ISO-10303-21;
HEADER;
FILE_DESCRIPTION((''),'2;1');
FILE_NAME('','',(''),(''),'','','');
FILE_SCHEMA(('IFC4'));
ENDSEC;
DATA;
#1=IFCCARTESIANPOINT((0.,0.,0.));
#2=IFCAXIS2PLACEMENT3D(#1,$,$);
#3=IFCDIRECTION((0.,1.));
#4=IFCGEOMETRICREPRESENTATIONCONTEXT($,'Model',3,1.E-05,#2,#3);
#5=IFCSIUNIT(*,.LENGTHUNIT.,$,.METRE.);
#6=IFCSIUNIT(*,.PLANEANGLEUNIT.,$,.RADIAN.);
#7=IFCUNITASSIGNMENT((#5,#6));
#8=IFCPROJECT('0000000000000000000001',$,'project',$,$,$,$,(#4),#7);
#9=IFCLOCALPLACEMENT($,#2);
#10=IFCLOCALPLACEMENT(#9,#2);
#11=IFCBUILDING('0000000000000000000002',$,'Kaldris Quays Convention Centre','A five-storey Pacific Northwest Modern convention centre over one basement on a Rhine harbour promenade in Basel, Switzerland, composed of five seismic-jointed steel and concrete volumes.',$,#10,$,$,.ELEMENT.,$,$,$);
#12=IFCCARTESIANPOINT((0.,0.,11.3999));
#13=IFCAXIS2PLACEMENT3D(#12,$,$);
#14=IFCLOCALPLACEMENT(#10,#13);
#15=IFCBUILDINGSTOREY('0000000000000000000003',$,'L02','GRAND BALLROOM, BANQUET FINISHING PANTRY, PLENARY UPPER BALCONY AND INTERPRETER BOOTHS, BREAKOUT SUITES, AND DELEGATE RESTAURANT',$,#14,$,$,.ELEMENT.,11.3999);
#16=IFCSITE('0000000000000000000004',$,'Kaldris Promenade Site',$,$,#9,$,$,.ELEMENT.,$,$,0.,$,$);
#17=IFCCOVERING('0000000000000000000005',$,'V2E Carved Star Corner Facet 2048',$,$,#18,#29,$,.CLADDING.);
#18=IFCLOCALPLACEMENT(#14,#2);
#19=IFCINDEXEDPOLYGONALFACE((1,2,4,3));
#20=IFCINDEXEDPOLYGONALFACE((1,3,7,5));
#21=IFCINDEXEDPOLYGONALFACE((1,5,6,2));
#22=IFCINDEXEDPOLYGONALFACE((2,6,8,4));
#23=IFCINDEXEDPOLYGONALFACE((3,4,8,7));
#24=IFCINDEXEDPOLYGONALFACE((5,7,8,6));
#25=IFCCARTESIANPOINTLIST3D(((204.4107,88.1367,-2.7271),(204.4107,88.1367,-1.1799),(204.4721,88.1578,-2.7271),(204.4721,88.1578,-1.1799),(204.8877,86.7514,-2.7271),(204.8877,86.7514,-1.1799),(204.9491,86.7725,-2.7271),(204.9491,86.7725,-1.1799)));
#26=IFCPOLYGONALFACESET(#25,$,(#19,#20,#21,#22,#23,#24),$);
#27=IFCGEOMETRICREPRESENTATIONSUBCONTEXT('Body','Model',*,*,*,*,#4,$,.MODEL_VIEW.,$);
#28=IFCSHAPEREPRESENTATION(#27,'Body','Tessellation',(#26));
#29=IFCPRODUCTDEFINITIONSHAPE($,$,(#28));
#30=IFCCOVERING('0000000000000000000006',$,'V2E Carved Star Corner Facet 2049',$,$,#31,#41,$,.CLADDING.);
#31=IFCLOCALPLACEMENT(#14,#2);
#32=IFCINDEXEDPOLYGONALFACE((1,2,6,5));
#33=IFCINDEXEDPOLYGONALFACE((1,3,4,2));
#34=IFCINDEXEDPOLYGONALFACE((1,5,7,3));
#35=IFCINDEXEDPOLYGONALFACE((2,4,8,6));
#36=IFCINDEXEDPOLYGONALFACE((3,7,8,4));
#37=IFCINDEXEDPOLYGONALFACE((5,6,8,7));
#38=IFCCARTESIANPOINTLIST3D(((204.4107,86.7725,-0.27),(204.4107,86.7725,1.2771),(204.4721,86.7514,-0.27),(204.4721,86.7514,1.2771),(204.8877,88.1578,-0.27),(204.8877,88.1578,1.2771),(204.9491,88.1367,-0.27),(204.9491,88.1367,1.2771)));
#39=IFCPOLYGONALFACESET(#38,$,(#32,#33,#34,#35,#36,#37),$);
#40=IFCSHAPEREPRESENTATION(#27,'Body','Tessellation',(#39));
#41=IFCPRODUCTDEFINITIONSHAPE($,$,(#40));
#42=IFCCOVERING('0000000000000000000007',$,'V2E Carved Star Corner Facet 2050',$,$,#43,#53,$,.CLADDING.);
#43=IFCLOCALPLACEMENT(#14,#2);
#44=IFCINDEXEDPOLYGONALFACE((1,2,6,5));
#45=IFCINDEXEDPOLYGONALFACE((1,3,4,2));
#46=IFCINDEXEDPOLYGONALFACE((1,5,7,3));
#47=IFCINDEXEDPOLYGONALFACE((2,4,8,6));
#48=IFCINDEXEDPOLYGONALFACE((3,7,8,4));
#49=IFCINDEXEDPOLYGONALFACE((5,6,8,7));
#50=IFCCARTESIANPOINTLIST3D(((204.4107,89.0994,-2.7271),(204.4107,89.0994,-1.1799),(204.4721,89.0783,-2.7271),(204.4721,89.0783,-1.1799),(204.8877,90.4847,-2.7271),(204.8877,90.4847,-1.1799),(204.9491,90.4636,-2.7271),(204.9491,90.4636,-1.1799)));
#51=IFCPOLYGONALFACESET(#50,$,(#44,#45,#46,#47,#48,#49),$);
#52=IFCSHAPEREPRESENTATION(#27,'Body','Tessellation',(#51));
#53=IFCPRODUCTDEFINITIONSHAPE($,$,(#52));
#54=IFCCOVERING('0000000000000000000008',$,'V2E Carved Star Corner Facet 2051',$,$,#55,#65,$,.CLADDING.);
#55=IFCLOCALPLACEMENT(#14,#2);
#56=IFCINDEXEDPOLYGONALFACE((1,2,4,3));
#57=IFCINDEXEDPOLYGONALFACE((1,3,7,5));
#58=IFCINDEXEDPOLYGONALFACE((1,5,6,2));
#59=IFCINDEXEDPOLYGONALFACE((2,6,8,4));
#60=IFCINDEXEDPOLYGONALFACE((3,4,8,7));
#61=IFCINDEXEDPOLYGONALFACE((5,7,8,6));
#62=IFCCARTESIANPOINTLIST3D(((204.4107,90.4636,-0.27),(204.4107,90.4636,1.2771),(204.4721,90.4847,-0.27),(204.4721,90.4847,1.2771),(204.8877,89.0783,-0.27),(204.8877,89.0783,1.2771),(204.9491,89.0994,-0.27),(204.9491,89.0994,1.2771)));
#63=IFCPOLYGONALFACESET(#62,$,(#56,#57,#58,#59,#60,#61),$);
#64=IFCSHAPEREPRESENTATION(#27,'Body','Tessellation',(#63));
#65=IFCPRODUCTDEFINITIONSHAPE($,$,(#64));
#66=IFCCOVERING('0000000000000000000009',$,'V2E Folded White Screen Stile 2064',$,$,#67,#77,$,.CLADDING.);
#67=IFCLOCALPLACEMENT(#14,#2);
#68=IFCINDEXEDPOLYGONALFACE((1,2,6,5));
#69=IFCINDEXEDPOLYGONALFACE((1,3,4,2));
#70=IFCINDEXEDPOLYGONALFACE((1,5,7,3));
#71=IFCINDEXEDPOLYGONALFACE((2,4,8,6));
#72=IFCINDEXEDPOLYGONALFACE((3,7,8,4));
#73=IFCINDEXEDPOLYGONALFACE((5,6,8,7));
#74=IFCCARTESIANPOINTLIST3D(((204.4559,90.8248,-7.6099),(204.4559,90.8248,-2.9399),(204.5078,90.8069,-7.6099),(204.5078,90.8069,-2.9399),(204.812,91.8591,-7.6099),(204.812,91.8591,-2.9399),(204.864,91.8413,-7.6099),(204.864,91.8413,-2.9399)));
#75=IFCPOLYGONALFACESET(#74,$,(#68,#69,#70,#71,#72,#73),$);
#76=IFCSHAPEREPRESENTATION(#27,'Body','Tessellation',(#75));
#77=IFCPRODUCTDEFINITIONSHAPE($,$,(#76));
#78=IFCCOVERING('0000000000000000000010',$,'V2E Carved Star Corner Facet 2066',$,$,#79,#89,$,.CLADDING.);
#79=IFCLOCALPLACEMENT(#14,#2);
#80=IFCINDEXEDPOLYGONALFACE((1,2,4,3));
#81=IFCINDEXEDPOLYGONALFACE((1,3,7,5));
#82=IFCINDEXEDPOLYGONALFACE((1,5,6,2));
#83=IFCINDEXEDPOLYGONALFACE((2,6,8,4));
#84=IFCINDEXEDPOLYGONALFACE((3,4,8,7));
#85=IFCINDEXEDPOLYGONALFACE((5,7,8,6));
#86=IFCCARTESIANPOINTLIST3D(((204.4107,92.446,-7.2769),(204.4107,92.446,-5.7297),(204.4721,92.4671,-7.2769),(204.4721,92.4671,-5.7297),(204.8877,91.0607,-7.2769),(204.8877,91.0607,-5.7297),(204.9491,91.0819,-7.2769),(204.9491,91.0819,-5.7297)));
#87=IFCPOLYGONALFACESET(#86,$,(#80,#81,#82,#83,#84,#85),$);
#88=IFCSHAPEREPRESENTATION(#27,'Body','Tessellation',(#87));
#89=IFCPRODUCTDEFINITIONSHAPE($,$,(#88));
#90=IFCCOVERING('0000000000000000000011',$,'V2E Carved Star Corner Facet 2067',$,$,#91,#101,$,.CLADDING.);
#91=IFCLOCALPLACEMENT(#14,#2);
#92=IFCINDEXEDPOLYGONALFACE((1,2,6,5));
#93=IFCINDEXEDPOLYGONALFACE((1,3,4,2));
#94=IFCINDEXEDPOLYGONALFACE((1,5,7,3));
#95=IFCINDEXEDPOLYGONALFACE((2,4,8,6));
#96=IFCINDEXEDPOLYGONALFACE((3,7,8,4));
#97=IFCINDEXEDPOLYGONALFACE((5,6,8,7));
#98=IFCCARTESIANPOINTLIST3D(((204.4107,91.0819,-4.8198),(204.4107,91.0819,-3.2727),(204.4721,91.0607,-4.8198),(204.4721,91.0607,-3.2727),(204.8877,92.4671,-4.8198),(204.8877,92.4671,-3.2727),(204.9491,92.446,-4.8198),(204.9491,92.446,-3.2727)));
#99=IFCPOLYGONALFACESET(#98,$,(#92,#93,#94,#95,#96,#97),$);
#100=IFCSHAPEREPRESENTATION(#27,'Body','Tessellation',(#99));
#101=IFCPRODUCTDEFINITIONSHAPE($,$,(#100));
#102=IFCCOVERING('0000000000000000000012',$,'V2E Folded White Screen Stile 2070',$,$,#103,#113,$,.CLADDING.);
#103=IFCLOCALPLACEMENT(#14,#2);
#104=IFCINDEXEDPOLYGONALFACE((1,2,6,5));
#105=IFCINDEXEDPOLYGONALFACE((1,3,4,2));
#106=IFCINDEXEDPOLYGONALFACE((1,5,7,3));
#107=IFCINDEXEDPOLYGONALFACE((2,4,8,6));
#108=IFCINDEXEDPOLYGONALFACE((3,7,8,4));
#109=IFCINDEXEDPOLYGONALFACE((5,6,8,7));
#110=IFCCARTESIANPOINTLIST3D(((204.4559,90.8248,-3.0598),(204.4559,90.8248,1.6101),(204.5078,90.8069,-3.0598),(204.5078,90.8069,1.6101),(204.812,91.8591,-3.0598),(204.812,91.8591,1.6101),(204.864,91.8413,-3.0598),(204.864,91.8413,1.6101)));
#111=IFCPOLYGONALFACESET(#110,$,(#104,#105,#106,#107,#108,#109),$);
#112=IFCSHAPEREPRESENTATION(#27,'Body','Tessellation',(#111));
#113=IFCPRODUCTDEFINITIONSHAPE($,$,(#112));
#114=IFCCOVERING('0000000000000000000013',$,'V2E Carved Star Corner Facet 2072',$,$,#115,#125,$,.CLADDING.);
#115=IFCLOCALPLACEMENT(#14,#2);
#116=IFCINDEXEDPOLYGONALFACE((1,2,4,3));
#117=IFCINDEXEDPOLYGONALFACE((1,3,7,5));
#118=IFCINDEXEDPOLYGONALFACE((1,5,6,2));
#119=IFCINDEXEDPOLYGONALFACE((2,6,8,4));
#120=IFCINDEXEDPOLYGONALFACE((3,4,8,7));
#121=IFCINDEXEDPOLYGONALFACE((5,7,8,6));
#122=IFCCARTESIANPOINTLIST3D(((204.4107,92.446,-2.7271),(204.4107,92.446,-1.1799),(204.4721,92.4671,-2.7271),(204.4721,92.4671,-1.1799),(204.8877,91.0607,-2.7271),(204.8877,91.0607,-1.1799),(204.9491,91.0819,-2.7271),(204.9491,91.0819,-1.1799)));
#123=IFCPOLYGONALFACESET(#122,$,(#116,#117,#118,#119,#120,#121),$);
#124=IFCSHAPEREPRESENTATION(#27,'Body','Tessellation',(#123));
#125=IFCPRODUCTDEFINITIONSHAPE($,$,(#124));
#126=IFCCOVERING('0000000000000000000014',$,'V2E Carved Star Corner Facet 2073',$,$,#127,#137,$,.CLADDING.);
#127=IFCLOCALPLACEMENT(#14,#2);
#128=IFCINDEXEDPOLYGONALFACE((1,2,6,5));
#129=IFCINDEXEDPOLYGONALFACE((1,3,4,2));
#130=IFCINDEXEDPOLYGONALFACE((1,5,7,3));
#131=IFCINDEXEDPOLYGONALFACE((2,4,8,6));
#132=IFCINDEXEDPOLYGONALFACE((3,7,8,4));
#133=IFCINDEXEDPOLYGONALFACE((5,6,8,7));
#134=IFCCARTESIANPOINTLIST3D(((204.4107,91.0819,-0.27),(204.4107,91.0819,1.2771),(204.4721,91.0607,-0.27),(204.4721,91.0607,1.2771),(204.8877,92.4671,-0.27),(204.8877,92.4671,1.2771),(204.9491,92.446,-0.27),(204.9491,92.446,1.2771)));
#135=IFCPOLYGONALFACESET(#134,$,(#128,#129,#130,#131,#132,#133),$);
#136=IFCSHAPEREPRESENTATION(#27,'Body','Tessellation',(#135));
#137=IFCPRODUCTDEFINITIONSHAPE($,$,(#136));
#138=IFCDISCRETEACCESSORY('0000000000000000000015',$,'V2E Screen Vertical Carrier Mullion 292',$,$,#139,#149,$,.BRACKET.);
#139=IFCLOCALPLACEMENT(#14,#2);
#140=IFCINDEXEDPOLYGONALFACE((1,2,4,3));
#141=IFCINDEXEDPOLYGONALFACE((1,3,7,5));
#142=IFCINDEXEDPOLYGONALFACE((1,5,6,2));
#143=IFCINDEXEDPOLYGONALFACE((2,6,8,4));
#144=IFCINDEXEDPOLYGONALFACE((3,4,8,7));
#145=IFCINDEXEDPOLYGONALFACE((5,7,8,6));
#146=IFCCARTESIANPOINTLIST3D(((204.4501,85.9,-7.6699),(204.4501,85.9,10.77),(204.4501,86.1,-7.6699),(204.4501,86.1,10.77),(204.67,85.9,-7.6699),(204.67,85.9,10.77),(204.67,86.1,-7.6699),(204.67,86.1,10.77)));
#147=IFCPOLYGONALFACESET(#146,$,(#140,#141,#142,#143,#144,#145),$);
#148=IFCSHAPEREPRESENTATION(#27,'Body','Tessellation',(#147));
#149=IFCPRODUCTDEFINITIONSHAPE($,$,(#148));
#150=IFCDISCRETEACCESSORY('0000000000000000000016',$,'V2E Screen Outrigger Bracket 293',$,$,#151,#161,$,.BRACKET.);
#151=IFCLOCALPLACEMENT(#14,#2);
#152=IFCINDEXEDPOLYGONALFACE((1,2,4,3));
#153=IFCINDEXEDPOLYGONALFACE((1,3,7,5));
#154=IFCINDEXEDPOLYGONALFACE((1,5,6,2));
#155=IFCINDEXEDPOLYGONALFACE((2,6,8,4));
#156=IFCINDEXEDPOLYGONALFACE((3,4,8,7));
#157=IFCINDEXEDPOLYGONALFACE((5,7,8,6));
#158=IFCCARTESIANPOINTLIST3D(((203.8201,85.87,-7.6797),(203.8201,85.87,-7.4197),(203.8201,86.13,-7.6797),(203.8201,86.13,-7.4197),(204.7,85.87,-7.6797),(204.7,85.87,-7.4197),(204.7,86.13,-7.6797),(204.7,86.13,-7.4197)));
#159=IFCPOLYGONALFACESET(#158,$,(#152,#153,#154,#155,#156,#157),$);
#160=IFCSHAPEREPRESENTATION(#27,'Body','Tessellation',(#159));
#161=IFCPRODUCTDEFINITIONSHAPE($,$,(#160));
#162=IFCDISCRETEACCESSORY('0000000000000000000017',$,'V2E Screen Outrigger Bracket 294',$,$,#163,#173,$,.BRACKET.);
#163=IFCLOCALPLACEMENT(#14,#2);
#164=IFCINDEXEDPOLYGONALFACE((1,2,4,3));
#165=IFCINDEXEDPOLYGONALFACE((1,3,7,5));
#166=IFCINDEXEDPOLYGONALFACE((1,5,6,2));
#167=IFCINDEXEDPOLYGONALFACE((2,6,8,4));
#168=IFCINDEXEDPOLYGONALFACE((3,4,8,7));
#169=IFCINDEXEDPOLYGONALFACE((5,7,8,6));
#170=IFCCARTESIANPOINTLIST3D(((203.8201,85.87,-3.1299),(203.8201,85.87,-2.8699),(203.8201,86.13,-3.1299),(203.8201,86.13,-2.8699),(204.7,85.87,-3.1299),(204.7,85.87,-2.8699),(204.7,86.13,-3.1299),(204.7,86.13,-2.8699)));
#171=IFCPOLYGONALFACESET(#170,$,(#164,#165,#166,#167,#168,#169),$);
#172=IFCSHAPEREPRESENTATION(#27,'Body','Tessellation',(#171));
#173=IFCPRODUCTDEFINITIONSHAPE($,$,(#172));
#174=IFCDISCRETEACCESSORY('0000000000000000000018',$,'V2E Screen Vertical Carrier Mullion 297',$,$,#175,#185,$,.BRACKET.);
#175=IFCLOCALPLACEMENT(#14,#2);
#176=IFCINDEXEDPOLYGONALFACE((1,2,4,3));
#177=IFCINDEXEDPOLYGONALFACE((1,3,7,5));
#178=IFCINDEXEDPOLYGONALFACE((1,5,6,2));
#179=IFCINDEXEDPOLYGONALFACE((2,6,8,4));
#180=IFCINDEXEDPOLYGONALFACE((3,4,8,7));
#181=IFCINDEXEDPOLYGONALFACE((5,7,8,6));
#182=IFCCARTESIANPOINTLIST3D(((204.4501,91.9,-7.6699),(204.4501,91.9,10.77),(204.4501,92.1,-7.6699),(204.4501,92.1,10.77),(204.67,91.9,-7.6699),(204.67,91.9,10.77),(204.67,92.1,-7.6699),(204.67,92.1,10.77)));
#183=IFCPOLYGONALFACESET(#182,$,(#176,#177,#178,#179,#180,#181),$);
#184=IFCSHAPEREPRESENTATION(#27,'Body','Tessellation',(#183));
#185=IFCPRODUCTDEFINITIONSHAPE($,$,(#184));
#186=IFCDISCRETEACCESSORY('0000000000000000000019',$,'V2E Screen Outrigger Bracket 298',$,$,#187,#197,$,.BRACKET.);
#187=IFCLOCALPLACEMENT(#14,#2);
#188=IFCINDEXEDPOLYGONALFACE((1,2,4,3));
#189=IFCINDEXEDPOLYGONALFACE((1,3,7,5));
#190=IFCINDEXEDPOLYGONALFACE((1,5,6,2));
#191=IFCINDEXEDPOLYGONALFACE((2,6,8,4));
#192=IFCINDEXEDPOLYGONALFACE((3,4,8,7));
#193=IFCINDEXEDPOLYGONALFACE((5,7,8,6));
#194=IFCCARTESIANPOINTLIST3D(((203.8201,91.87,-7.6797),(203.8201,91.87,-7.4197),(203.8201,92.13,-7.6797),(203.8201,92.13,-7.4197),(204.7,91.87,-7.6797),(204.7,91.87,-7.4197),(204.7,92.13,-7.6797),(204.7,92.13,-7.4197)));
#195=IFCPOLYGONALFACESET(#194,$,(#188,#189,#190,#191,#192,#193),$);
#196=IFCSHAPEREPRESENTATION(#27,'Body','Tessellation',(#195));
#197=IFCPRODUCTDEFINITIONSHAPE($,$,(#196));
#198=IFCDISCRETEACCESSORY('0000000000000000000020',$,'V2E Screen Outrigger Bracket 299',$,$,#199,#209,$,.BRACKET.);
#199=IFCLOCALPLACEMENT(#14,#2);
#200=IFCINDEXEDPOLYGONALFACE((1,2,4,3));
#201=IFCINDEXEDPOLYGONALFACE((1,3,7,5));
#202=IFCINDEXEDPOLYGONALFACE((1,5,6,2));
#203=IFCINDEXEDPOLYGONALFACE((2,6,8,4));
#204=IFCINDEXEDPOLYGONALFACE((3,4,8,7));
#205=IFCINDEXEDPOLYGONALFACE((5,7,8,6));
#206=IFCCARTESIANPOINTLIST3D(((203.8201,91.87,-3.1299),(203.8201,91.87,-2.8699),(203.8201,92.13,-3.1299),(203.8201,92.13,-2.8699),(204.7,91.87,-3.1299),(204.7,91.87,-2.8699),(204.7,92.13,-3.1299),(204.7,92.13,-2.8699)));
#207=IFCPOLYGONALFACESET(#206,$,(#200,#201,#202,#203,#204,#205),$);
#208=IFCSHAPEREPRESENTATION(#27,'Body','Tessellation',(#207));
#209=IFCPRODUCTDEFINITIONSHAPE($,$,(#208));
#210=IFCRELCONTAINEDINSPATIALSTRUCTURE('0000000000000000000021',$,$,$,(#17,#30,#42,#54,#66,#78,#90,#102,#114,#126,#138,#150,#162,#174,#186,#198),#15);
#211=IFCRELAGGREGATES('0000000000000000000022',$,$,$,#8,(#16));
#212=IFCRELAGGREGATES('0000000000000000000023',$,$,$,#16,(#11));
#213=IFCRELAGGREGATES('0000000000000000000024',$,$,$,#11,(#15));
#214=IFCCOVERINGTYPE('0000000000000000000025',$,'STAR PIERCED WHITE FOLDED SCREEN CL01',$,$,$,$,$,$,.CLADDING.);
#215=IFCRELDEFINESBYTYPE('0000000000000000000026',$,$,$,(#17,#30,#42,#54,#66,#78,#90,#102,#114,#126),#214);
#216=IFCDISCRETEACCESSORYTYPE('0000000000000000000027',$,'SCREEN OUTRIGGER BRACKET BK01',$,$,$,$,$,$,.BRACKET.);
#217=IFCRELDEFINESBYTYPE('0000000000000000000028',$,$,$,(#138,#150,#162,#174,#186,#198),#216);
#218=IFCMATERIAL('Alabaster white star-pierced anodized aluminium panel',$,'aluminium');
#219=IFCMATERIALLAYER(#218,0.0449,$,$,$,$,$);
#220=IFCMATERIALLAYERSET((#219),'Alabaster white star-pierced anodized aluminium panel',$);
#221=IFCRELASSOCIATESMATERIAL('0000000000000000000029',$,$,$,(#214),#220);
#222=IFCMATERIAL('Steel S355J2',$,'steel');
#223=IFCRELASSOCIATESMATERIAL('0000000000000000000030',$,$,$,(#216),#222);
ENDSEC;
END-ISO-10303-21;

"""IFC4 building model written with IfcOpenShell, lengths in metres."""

from ifc_helpers import new_model, si_unit, direction, frame, origin, origin_2d, place, context, subcontext, project, spatial, rectangle, extrude, material, layer, layer_set, type_object, element, save


model = new_model("IFC4")

# Units and contexts
model_context = context("Model", 3, precision=1e-05, world=origin(), true_north=direction((0.0, 1.0)))
body_context = subcontext(model_context, "Body", "Model", "MODEL_VIEW")
ifc_project = project(units=[si_unit("LENGTHUNIT", "METRE"), si_unit("PLANEANGLEUNIT", "RADIAN")], contexts=[model_context])

# Site, building, storey
site_placement = place(None, origin())
site = spatial("IfcSite", under=ifc_project, at=site_placement, Name="Kaldris Promenade Site", CompositionType="ELEMENT", RefElevation=0.0)
building_placement = place(site_placement, origin())
building = spatial("IfcBuilding", under=site, at=building_placement, Name="Kaldris Quays Convention Centre", Description="A five-storey Pacific Northwest Modern convention centre over one basement on a Rhine harbour promenade in Basel, Switzerland, composed of five seismic-jointed steel and concrete volumes.", CompositionType="ELEMENT")
storey_placement = place(building_placement, frame((0.0, 0.0, 11.3999)))
storey = spatial("IfcBuildingStorey", under=building, at=storey_placement, Name="L02", Description="GRAND BALLROOM, BANQUET FINISHING PANTRY, PLENARY UPPER BALCONY AND INTERPRETER BOOTHS, BREAKOUT SUITES, AND DELEGATE RESTAURANT", CompositionType="ELEMENT", Elevation=11.3999)

# Coverings
ifc_material_1 = material(Name="Alabaster white star-pierced anodized aluminium panel", Category="aluminium")
ifc_layer = layer(ifc_material_1, 0.0449)
ifc_layer_set = layer_set([ifc_layer], Name="Alabaster white star-pierced anodized aluminium panel")
covering_type = type_object("IfcCoveringType", Name="STAR PIERCED WHITE FOLDED SCREEN CL01", PredefinedType="CLADDING", material=ifc_layer_set)
for number, where, z_axis, x_axis, name in (
    (1, (204.6799, 87.4546, -2.7271), (0.0, 0.0, 1.0), (-0.325568, 0.945519, 0.0), "V2E Carved Star Corner Facet 2048"),
    (2, (204.6799, 87.4546, -0.27), (0.0, 0.0, 1.0), (0.325568, 0.945519, 0.0), "V2E Carved Star Corner Facet 2049"),
    (3, (204.6799, 89.7815, -2.7271), (0.0, 0.0, 1.0), (0.325568, 0.945519, 0.0), "V2E Carved Star Corner Facet 2050"),
    (4, (204.6799, 89.7815, -0.27), (0.0, 0.0, 1.0), (-0.325568, 0.945519, 0.0), "V2E Carved Star Corner Facet 2051"),
):
    element("IfcCovering", number, at=place(storey_placement, frame(where, z_axis=z_axis, x_axis=x_axis)), inside=storey, type_object=covering_type, Name=name, PredefinedType="CLADDING", context=body_context, shape_type="SweptSolid", body=[
        extrude(rectangle(XDim=1.4651, YDim=0.0649, at=origin_2d()), origin(), (0.0, 0.0, 1.0), 1.5471),
    ])
covering_1_placement = place(storey_placement, frame((204.6599, 91.333, -7.6099), z_axis=(0.0, 0.0, 1.0), x_axis=(0.325568, 0.945519, 0.0)))
element("IfcCovering", 5, at=covering_1_placement, inside=storey, type_object=covering_type, Name="V2E Folded White Screen Stile 2064", PredefinedType="CLADDING", context=body_context, shape_type="SweptSolid", body=[
    extrude(rectangle(XDim=1.094, YDim=0.0549, at=origin_2d()), origin(), (0.0, 0.0, 1.0), 4.6699),
])
for number, where, z_axis, x_axis, name in (
    (6, (204.6799, 91.7639, -7.2769), (0.0, 0.0, 1.0), (-0.325568, 0.945519, 0.0), "V2E Carved Star Corner Facet 2066"),
    (7, (204.6799, 91.7639, -4.8198), (0.0, 0.0, 1.0), (0.325568, 0.945519, 0.0), "V2E Carved Star Corner Facet 2067"),
):
    element("IfcCovering", number, at=place(storey_placement, frame(where, z_axis=z_axis, x_axis=x_axis)), inside=storey, type_object=covering_type, Name=name, PredefinedType="CLADDING", context=body_context, shape_type="SweptSolid", body=[
        extrude(rectangle(XDim=1.4651, YDim=0.0649, at=origin_2d()), origin(), (0.0, 0.0, 1.0), 1.5471),
    ])
covering_2_placement = place(storey_placement, frame((204.6599, 91.333, -3.0598), z_axis=(0.0, 0.0, 1.0), x_axis=(0.325568, 0.945519, 0.0)))
element("IfcCovering", 8, at=covering_2_placement, inside=storey, type_object=covering_type, Name="V2E Folded White Screen Stile 2070", PredefinedType="CLADDING", context=body_context, shape_type="SweptSolid", body=[
    extrude(rectangle(XDim=1.094, YDim=0.0549, at=origin_2d()), origin(), (0.0, 0.0, 1.0), 4.6699),
])
for number, where, z_axis, x_axis, name in (
    (9, (204.6799, 91.7639, -2.7271), (0.0, 0.0, 1.0), (-0.325568, 0.945519, 0.0), "V2E Carved Star Corner Facet 2072"),
    (10, (204.6799, 91.7639, -0.27), (0.0, 0.0, 1.0), (0.325568, 0.945519, 0.0), "V2E Carved Star Corner Facet 2073"),
):
    element("IfcCovering", number, at=place(storey_placement, frame(where, z_axis=z_axis, x_axis=x_axis)), inside=storey, type_object=covering_type, Name=name, PredefinedType="CLADDING", context=body_context, shape_type="SweptSolid", body=[
        extrude(rectangle(XDim=1.4651, YDim=0.0649, at=origin_2d()), origin(), (0.0, 0.0, 1.0), 1.5471),
    ])

# Discrete accessories
ifc_material_2 = material(Name="Steel S355J2", Category="steel")
discrete_accessory_type = type_object("IfcDiscreteAccessoryType", Name="SCREEN OUTRIGGER BRACKET BK01", PredefinedType="BRACKET", material=ifc_material_2)
discrete_accessory_1_placement = place(storey_placement, frame((204.5601, 86.0, -7.6699), z_axis=(0.0, 0.0, 1.0), x_axis=(0.0, 1.0, 0.0)))
element("IfcDiscreteAccessory", 11, at=discrete_accessory_1_placement, inside=storey, type_object=discrete_accessory_type, Name="V2E Screen Vertical Carrier Mullion 292", PredefinedType="BRACKET", context=body_context, shape_type="SweptSolid", body=[
    extrude(rectangle(XDim=0.2, YDim=0.22, at=origin_2d()), origin(), (0.0, 0.0, 1.0), 18.4399),
])
for number, where, z_axis, x_axis, name in (
    (12, (204.26, 86.0, -7.6797), (0.0, 0.0, 1.0), (0.0, 1.0, 0.0), "V2E Screen Outrigger Bracket 293"),
    (13, (204.26, 86.0, -3.1299), (0.0, 0.0, 1.0), (0.0, 1.0, 0.0), "V2E Screen Outrigger Bracket 294"),
):
    element("IfcDiscreteAccessory", number, at=place(storey_placement, frame(where, z_axis=z_axis, x_axis=x_axis)), inside=storey, type_object=discrete_accessory_type, Name=name, PredefinedType="BRACKET", context=body_context, shape_type="SweptSolid", body=[
        extrude(rectangle(XDim=0.26, YDim=0.8799, at=origin_2d()), origin(), (0.0, 0.0, 1.0), 0.26),
    ])
discrete_accessory_2_placement = place(storey_placement, frame((204.5601, 92.0, -7.6699), z_axis=(0.0, 0.0, 1.0), x_axis=(0.0, 1.0, 0.0)))
element("IfcDiscreteAccessory", 14, at=discrete_accessory_2_placement, inside=storey, type_object=discrete_accessory_type, Name="V2E Screen Vertical Carrier Mullion 297", PredefinedType="BRACKET", context=body_context, shape_type="SweptSolid", body=[
    extrude(rectangle(XDim=0.2, YDim=0.22, at=origin_2d()), origin(), (0.0, 0.0, 1.0), 18.4399),
])
for number, where, z_axis, x_axis, name in (
    (15, (204.26, 92.0, -7.6797), (0.0, 0.0, 1.0), (0.0, 1.0, 0.0), "V2E Screen Outrigger Bracket 298"),
    (16, (204.26, 92.0, -3.1299), (0.0, 0.0, 1.0), (0.0, 1.0, 0.0), "V2E Screen Outrigger Bracket 299"),
):
    element("IfcDiscreteAccessory", number, at=place(storey_placement, frame(where, z_axis=z_axis, x_axis=x_axis)), inside=storey, type_object=discrete_accessory_type, Name=name, PredefinedType="BRACKET", context=body_context, shape_type="SweptSolid", body=[
        extrude(rectangle(XDim=0.26, YDim=0.8799, at=origin_2d()), origin(), (0.0, 0.0, 1.0), 0.26),
    ])

save(model, "model.ifc")
